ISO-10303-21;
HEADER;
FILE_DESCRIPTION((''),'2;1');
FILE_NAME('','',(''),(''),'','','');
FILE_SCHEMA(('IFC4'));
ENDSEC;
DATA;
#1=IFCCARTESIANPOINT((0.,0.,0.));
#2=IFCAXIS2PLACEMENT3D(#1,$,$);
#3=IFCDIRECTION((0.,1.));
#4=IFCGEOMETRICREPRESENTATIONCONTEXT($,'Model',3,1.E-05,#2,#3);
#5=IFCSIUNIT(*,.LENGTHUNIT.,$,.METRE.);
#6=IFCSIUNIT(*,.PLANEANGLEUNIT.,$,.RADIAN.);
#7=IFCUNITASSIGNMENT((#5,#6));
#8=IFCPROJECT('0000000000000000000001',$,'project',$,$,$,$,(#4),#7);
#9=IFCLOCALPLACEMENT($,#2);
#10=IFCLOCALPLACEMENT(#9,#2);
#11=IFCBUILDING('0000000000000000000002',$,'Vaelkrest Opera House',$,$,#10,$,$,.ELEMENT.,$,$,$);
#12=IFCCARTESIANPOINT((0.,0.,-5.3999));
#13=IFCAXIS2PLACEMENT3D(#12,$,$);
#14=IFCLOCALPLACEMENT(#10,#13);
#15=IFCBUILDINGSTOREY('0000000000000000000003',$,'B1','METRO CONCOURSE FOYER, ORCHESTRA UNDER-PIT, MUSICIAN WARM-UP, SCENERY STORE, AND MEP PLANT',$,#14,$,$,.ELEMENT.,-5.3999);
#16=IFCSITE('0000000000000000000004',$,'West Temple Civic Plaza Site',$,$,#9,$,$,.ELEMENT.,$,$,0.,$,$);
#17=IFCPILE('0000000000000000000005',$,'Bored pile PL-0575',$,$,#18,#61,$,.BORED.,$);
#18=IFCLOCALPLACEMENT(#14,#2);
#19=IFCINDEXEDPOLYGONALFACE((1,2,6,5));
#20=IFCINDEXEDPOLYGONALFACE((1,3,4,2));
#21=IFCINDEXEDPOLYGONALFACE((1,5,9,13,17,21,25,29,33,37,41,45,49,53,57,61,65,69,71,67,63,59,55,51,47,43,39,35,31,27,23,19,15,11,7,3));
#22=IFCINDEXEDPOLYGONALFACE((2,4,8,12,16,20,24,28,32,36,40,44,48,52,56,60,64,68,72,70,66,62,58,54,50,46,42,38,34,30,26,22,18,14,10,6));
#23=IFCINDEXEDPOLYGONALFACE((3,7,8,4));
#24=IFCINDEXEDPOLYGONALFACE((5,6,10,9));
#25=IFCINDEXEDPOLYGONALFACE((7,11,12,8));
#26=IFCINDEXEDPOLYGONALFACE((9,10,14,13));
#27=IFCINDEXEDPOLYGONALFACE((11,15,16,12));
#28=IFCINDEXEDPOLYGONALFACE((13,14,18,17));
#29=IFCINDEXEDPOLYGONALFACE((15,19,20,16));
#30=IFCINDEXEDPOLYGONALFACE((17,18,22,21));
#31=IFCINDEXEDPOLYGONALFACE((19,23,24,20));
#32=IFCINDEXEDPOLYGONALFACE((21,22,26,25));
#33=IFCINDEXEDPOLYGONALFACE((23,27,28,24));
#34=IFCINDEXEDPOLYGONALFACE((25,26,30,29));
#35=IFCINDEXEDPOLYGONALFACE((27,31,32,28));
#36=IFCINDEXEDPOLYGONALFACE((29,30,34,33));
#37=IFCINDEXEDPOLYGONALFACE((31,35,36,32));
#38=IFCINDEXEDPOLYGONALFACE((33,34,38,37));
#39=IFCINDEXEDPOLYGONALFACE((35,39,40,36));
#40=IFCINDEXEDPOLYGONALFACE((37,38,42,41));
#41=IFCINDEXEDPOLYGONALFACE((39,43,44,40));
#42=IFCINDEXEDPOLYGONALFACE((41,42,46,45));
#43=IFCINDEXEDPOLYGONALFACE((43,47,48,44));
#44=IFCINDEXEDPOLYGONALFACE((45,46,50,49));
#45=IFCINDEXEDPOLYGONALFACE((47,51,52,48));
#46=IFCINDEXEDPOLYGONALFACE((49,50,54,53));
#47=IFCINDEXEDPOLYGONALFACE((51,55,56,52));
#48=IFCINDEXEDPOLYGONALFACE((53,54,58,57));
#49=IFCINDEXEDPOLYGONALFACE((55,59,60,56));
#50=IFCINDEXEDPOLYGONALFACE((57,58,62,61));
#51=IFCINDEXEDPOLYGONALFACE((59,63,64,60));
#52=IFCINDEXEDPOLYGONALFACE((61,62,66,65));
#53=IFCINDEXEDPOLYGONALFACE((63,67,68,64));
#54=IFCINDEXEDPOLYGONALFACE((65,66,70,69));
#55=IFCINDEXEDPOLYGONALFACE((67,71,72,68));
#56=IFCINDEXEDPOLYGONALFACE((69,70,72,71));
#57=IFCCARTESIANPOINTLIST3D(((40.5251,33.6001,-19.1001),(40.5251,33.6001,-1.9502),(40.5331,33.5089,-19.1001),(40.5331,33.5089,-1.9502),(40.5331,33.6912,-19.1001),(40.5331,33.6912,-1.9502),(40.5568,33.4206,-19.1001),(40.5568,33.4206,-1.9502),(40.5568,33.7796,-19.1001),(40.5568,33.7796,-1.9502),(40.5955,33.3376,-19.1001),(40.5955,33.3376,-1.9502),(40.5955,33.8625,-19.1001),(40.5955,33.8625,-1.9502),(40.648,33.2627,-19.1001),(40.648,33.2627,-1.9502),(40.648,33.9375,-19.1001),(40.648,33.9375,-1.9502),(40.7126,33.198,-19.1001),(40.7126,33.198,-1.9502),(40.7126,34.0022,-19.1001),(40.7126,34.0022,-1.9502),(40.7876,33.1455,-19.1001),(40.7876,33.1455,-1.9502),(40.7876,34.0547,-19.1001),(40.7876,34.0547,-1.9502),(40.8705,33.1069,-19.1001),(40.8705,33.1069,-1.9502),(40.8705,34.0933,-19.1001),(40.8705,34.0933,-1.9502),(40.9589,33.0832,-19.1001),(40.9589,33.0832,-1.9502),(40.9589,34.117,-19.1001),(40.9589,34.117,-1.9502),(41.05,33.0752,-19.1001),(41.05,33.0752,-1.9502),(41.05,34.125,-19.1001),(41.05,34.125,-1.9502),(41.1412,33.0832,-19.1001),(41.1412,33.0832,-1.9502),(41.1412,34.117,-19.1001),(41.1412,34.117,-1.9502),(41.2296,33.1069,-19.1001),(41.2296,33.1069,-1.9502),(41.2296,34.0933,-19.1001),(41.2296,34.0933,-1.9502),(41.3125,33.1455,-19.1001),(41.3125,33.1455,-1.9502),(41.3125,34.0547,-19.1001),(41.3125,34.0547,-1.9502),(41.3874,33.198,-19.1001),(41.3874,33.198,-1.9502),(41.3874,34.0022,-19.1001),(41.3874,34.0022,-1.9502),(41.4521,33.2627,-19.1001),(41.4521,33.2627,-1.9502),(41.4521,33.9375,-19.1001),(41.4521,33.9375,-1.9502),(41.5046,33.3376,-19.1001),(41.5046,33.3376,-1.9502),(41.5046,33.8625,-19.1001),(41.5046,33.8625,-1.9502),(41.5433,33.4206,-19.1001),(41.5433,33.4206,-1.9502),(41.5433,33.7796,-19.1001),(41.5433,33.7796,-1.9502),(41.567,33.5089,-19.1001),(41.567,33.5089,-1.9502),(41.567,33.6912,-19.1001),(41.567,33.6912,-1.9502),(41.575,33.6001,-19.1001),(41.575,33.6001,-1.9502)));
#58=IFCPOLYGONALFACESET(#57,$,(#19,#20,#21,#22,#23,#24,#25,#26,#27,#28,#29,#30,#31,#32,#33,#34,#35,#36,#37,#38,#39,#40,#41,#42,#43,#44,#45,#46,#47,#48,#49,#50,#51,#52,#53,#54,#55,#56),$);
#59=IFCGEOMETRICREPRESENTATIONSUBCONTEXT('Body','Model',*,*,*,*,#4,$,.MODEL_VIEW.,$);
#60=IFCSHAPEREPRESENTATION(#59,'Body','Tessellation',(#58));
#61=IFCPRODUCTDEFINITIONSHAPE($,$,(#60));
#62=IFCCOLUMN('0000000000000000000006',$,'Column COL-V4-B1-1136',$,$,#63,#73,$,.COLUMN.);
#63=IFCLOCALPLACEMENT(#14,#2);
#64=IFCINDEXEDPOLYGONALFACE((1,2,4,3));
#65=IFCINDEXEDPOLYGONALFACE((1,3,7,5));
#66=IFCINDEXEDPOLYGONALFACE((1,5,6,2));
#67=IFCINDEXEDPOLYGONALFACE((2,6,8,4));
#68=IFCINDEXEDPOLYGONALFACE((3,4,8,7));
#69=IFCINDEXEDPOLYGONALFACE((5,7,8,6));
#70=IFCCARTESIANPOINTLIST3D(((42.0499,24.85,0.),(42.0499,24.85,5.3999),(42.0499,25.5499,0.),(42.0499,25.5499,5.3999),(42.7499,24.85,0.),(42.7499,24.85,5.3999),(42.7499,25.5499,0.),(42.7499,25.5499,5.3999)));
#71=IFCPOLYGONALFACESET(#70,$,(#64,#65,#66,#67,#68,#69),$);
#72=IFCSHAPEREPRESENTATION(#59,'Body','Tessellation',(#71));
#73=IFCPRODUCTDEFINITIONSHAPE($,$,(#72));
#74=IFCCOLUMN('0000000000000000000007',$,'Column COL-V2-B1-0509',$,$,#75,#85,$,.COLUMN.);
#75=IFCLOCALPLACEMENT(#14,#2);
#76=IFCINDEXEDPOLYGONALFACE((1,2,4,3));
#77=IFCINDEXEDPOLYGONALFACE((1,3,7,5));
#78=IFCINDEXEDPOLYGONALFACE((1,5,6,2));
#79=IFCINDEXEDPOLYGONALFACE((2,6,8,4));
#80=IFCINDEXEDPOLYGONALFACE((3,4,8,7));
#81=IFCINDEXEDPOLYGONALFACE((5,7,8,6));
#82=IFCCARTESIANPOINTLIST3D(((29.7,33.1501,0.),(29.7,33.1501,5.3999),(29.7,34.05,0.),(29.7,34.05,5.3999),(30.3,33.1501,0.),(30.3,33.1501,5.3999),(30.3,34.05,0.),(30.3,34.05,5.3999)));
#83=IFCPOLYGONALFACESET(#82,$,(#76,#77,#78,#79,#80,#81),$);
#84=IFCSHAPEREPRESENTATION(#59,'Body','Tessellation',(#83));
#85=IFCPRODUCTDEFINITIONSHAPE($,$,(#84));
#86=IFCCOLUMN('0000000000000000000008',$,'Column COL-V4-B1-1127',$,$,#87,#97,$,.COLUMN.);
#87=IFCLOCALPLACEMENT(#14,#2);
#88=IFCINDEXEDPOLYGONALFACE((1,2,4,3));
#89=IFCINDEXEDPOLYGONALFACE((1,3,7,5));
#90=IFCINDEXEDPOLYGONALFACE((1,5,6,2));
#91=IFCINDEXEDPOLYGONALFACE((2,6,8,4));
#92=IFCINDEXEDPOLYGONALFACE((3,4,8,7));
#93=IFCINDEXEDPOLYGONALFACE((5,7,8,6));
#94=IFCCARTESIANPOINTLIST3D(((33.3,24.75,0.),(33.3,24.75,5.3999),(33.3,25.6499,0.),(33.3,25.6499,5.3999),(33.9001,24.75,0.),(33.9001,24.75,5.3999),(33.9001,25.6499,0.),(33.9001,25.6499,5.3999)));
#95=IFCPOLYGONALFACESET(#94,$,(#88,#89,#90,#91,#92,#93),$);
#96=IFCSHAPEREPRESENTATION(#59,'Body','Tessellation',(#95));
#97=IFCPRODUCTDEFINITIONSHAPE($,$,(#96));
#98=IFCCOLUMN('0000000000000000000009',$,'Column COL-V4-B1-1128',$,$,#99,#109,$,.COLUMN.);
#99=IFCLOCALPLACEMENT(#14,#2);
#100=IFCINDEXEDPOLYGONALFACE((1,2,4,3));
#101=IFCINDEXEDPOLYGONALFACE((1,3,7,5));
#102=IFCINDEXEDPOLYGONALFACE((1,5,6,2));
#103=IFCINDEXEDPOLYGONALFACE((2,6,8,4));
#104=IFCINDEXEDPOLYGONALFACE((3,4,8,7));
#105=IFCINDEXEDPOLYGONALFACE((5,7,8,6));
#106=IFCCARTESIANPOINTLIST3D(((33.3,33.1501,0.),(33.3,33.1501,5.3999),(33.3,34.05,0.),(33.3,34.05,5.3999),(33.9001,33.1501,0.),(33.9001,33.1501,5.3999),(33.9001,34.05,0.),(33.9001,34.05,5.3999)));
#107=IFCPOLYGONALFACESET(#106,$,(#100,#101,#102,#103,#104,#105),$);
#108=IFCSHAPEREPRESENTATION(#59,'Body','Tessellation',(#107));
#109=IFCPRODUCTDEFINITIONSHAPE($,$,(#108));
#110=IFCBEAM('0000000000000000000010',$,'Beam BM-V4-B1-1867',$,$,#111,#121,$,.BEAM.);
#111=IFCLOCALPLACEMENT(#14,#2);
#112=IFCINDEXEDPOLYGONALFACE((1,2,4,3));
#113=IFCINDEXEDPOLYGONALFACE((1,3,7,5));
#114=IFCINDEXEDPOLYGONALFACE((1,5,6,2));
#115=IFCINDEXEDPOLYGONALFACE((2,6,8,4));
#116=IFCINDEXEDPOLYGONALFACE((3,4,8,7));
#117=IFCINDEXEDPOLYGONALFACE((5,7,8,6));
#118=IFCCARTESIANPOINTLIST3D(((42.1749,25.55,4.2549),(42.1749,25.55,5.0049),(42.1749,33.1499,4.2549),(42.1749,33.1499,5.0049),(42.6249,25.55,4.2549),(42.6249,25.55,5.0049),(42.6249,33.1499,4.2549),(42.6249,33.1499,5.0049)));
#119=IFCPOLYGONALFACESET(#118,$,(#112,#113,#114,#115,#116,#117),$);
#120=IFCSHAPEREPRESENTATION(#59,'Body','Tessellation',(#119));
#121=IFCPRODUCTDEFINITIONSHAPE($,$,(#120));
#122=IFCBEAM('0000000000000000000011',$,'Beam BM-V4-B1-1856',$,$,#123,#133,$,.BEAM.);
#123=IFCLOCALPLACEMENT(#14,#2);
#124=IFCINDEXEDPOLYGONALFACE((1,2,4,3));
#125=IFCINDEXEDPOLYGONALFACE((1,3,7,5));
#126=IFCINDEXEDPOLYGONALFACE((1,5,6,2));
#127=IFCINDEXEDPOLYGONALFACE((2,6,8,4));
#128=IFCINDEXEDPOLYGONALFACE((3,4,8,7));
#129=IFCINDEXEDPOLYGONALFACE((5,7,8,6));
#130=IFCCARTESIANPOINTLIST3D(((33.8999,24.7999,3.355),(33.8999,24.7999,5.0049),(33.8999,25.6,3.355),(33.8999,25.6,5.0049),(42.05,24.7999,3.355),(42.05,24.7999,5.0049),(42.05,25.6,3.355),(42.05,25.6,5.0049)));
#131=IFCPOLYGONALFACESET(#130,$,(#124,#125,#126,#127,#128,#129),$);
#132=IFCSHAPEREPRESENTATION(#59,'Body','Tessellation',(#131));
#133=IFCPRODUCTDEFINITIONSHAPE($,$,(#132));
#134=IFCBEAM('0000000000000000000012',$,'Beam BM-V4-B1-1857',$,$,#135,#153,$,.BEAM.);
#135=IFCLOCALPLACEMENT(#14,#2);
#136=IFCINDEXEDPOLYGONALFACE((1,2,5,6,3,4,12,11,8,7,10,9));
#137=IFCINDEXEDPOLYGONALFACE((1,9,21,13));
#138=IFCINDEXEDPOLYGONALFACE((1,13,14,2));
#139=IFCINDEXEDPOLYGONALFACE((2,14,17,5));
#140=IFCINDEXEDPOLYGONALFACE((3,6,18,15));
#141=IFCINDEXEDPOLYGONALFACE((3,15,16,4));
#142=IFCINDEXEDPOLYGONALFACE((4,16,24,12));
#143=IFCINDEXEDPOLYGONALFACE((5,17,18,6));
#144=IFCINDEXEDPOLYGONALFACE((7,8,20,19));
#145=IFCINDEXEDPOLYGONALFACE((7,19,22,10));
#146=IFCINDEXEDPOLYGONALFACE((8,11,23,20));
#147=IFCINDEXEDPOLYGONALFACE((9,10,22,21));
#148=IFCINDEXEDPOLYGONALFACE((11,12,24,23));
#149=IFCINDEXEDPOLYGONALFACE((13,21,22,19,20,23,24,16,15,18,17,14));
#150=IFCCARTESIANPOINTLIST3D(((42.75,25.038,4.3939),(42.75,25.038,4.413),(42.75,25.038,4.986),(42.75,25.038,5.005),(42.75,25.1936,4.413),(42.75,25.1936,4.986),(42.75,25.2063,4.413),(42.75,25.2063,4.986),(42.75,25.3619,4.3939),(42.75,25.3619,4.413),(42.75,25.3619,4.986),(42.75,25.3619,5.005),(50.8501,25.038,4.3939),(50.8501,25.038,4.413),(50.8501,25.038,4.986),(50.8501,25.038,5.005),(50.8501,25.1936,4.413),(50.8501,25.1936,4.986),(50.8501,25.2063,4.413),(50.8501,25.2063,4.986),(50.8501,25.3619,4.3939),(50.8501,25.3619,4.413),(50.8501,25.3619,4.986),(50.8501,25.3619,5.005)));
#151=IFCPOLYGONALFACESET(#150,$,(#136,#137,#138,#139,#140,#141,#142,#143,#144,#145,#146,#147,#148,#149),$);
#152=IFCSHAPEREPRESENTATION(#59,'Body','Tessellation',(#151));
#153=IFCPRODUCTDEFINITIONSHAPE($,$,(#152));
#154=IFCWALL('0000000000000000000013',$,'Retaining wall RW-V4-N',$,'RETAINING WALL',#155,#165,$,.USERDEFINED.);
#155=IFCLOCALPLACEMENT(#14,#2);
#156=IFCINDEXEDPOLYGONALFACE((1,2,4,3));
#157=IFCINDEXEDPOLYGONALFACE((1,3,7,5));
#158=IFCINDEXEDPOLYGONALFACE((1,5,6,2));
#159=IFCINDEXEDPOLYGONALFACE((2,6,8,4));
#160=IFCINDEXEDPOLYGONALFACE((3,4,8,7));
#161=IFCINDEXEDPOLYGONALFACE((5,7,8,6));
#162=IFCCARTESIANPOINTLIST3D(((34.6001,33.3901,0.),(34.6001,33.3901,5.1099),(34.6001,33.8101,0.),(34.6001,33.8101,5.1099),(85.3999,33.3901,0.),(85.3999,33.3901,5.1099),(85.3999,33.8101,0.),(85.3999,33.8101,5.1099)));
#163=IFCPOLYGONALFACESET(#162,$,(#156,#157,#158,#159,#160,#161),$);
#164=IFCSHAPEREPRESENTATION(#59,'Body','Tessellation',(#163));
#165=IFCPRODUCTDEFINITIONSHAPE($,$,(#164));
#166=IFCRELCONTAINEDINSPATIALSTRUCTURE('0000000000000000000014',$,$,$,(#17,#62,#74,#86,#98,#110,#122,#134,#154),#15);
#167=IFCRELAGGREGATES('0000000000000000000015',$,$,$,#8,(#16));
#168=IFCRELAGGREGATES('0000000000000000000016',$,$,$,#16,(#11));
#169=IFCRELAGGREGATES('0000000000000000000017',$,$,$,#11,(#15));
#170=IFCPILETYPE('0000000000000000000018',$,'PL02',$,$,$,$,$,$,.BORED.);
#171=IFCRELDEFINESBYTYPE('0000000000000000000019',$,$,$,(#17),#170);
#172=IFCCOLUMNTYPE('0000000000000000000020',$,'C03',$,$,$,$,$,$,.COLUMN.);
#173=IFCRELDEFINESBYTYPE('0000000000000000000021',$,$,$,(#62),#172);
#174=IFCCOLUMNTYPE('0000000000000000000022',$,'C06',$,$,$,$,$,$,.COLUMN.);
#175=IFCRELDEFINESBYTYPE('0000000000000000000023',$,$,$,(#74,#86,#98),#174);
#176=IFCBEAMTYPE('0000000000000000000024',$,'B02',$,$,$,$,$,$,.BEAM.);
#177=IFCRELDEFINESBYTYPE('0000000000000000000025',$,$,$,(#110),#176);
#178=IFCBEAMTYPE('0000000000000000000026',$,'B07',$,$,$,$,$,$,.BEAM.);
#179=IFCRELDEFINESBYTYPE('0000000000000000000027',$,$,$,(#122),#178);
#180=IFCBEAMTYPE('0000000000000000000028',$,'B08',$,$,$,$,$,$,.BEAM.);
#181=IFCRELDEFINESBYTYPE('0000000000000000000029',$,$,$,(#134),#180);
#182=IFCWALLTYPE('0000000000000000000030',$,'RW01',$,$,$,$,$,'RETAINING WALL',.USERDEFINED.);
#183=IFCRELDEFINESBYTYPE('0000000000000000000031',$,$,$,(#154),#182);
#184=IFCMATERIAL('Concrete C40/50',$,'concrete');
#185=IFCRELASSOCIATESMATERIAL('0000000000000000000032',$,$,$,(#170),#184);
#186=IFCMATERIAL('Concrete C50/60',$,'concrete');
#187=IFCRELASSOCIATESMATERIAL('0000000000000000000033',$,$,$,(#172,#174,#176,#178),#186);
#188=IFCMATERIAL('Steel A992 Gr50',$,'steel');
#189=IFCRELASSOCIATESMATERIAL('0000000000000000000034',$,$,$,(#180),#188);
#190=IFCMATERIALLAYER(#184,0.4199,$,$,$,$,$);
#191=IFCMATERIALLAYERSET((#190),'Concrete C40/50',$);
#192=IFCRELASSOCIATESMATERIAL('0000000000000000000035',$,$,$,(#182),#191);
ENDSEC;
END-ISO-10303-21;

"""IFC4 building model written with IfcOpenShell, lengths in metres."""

from ifc_helpers import new_model, si_unit, direction, frame, frame_2d, origin, origin_2d, place, context, subcontext, project, spatial, rectangle, circle, i_section, extrude, material, layer, layer_set, material_profile, profile_set, type_object, element, save


model = new_model("IFC4")

# Units and contexts
model_context = context("Model", 3, precision=1e-05, world=origin(), true_north=direction((0.0, 1.0)))
body_context = subcontext(model_context, "Body", "Model", "MODEL_VIEW")
ifc_project = project(units=[si_unit("LENGTHUNIT", "METRE"), si_unit("PLANEANGLEUNIT", "RADIAN")], contexts=[model_context])

# Site, building, storey
site_placement = place(None, origin())
site = spatial("IfcSite", under=ifc_project, at=site_placement, Name="West Temple Civic Plaza Site", CompositionType="ELEMENT", RefElevation=0.0)
building_placement = place(site_placement, origin())
building = spatial("IfcBuilding", under=site, at=building_placement, Name="Vaelkrest Opera House", CompositionType="ELEMENT")
storey_placement = place(building_placement, frame((0.0, 0.0, -5.3999)))
storey = spatial("IfcBuildingStorey", under=building, at=storey_placement, Name="B1", Description="METRO CONCOURSE FOYER, ORCHESTRA UNDER-PIT, MUSICIAN WARM-UP, SCENERY STORE, AND MEP PLANT", CompositionType="ELEMENT", Elevation=-5.3999)

# Shared definitions
ifc_material_1 = material(Name="Concrete C40/50", Category="concrete")

# Pile
ifc_material_profile_1 = material_profile(ifc_material_1, circle(Radius=0.5249, at=origin_2d()), Name="PILE1050")
ifc_profile_set_1 = profile_set([ifc_material_profile_1], Name="Concrete C40/50")
pile_type_1 = type_object("IfcPileType", Name="PL02", PredefinedType="BORED", material=ifc_profile_set_1)
for number, where, z_axis, x_axis, name in (
    (1, (41.05, 33.6001, -1.9502), (0.0, 0.0, -1.0), (1.0, 0.0, 0.0), "Bored pile PL-0575"),
):
    element("IfcPile", number, at=place(storey_placement, frame(where, z_axis=z_axis, x_axis=x_axis)), inside=storey, type_object=pile_type_1, Name=name, PredefinedType="BORED", context=body_context, shape_type="SweptSolid", body=[
        extrude(circle(Radius=0.5249, at=origin_2d()), origin(), (0.0, 0.0, 1.0), 17.1499),
    ])

# Columns
ifc_material_2 = material(Name="Concrete C50/60", Category="concrete")
ifc_material_profile_2 = material_profile(ifc_material_2, rectangle(XDim=0.7, YDim=0.7, at=origin_2d()), Name="RC700X700")
ifc_profile_set_2 = profile_set([ifc_material_profile_2], Name="Concrete C50/60")
column_type_1 = type_object("IfcColumnType", Name="C03", PredefinedType="COLUMN", material=ifc_profile_set_2)
column_placement = place(storey_placement, frame((42.3999, 25.2, 0.0), z_axis=(0.0, 0.0, 1.0), x_axis=(1.0, 0.0, 0.0)))
element("IfcColumn", 2, at=column_placement, inside=storey, type_object=column_type_1, Name="Column COL-V4-B1-1136", PredefinedType="COLUMN", context=body_context, shape_type="SweptSolid", body=[
    extrude(rectangle(XDim=0.7, YDim=0.7, at=origin_2d()), origin(), (0.0, 0.0, 1.0), 5.3999),
])
ifc_material_profile_3 = material_profile(ifc_material_2, rectangle(XDim=0.6001, YDim=0.8999, at=origin_2d()), Name="RC600X900")
ifc_profile_set_3 = profile_set([ifc_material_profile_3], Name="Concrete C50/60")
column_type_2 = type_object("IfcColumnType", Name="C06", PredefinedType="COLUMN", material=ifc_profile_set_3)
for number, where, z_axis, x_axis, name in (
    (3, (30.0, 33.6001, 0.0), (0.0, 0.0, 1.0), (1.0, 0.0, 0.0), "Column COL-V2-B1-0509"),
    (4, (33.6001, 25.2, 0.0), (0.0, 0.0, 1.0), (1.0, 0.0, 0.0), "Column COL-V4-B1-1127"),
    (5, (33.6001, 33.6001, 0.0), (0.0, 0.0, 1.0), (1.0, 0.0, 0.0), "Column COL-V4-B1-1128"),
):
    element("IfcColumn", number, at=place(storey_placement, frame(where, z_axis=z_axis, x_axis=x_axis)), inside=storey, type_object=column_type_2, Name=name, PredefinedType="COLUMN", context=body_context, shape_type="SweptSolid", body=[
        extrude(rectangle(XDim=0.6001, YDim=0.8999, at=origin_2d()), origin(), (0.0, 0.0, 1.0), 5.3999),
    ])

# Beams
ifc_material_profile_4 = material_profile(ifc_material_2, rectangle(XDim=0.45, YDim=0.75, at=origin_2d()), Name="RCB450X750")
ifc_profile_set_4 = profile_set([ifc_material_profile_4], Name="Concrete C50/60")
beam_type_1 = type_object("IfcBeamType", Name="B02", PredefinedType="BEAM", material=ifc_profile_set_4)
beam_1_placement = place(storey_placement, frame((42.3999, 25.55, 4.6299), z_axis=(0.0, 1.0, 0.0), x_axis=(-1.0, 0.0, 0.0)))
element("IfcBeam", 6, at=beam_1_placement, inside=storey, type_object=beam_type_1, Name="Beam BM-V4-B1-1867", PredefinedType="BEAM", context=body_context, shape_type="SweptSolid", body=[
    extrude(rectangle(XDim=0.45, YDim=0.75, at=origin_2d()), origin(), (0.0, 0.0, 1.0), 7.5999),
])
ifc_material_profile_5 = material_profile(ifc_material_2, rectangle(XDim=0.8, YDim=1.6499, at=origin_2d()), Name="RCB800X1650")
ifc_profile_set_5 = profile_set([ifc_material_profile_5], Name="Concrete C50/60")
beam_type_2 = type_object("IfcBeamType", Name="B07", PredefinedType="BEAM", material=ifc_profile_set_5)
beam_2_placement = place(storey_placement, frame((33.8999, 25.2, 4.1799), z_axis=(1.0, 0.0, 0.0), x_axis=(0.0, 1.0, 0.0)))
element("IfcBeam", 7, at=beam_2_placement, inside=storey, type_object=beam_type_2, Name="Beam BM-V4-B1-1856", PredefinedType="BEAM", context=body_context, shape_type="SweptSolid", body=[
    extrude(rectangle(XDim=0.8, YDim=1.6499, at=origin_2d()), origin(), (0.0, 0.0, 1.0), 8.1501),
])
ifc_material_3 = material(Name="Steel A992 Gr50", Category="steel")
ifc_material_profile_6 = material_profile(ifc_material_3, i_section(OverallWidth=0.324, OverallDepth=0.6111, WebThickness=0.0127, FlangeThickness=0.019, at=origin_2d()), Name="W24X104")
ifc_profile_set_6 = profile_set([ifc_material_profile_6], Name="Steel A992 Gr50")
beam_type_3 = type_object("IfcBeamType", Name="B08", PredefinedType="BEAM", material=ifc_profile_set_6)
beam_3_placement = place(storey_placement, frame((42.75, 25.2, 4.6995), z_axis=(1.0, 0.0, 0.0), x_axis=(0.0, 1.0, 0.0)))
element("IfcBeam", 8, at=beam_3_placement, inside=storey, type_object=beam_type_3, Name="Beam BM-V4-B1-1857", PredefinedType="BEAM", context=body_context, shape_type="SweptSolid", body=[
    extrude(i_section(OverallWidth=0.324, OverallDepth=0.6111, WebThickness=0.0127, FlangeThickness=0.019, at=origin_2d()), origin(), (0.0, 0.0, 1.0), 8.1001),
])

# Wall
ifc_layer = layer(ifc_material_1, 0.4199)
ifc_layer_set = layer_set([ifc_layer], Name="Concrete C40/50")
wall_type = type_object("IfcWallType", Name="RW01", ElementType="RETAINING WALL", PredefinedType="USERDEFINED", material=ifc_layer_set)
wall_placement = place(storey_placement, frame((34.6001, 33.6001, 0.0), z_axis=(0.0, 0.0, 1.0), x_axis=(1.0, 0.0, 0.0)))
element("IfcWall", 9, at=wall_placement, inside=storey, type_object=wall_type, Name="Retaining wall RW-V4-N", ObjectType="RETAINING WALL", PredefinedType="USERDEFINED", context=body_context, shape_type="SweptSolid", body=[
    extrude(rectangle(XDim=50.7998, YDim=0.4199, at=frame_2d((25.3999, 0.0))), origin(), (0.0, 0.0, 1.0), 5.1099),
])

save(model, "model.ifc")
